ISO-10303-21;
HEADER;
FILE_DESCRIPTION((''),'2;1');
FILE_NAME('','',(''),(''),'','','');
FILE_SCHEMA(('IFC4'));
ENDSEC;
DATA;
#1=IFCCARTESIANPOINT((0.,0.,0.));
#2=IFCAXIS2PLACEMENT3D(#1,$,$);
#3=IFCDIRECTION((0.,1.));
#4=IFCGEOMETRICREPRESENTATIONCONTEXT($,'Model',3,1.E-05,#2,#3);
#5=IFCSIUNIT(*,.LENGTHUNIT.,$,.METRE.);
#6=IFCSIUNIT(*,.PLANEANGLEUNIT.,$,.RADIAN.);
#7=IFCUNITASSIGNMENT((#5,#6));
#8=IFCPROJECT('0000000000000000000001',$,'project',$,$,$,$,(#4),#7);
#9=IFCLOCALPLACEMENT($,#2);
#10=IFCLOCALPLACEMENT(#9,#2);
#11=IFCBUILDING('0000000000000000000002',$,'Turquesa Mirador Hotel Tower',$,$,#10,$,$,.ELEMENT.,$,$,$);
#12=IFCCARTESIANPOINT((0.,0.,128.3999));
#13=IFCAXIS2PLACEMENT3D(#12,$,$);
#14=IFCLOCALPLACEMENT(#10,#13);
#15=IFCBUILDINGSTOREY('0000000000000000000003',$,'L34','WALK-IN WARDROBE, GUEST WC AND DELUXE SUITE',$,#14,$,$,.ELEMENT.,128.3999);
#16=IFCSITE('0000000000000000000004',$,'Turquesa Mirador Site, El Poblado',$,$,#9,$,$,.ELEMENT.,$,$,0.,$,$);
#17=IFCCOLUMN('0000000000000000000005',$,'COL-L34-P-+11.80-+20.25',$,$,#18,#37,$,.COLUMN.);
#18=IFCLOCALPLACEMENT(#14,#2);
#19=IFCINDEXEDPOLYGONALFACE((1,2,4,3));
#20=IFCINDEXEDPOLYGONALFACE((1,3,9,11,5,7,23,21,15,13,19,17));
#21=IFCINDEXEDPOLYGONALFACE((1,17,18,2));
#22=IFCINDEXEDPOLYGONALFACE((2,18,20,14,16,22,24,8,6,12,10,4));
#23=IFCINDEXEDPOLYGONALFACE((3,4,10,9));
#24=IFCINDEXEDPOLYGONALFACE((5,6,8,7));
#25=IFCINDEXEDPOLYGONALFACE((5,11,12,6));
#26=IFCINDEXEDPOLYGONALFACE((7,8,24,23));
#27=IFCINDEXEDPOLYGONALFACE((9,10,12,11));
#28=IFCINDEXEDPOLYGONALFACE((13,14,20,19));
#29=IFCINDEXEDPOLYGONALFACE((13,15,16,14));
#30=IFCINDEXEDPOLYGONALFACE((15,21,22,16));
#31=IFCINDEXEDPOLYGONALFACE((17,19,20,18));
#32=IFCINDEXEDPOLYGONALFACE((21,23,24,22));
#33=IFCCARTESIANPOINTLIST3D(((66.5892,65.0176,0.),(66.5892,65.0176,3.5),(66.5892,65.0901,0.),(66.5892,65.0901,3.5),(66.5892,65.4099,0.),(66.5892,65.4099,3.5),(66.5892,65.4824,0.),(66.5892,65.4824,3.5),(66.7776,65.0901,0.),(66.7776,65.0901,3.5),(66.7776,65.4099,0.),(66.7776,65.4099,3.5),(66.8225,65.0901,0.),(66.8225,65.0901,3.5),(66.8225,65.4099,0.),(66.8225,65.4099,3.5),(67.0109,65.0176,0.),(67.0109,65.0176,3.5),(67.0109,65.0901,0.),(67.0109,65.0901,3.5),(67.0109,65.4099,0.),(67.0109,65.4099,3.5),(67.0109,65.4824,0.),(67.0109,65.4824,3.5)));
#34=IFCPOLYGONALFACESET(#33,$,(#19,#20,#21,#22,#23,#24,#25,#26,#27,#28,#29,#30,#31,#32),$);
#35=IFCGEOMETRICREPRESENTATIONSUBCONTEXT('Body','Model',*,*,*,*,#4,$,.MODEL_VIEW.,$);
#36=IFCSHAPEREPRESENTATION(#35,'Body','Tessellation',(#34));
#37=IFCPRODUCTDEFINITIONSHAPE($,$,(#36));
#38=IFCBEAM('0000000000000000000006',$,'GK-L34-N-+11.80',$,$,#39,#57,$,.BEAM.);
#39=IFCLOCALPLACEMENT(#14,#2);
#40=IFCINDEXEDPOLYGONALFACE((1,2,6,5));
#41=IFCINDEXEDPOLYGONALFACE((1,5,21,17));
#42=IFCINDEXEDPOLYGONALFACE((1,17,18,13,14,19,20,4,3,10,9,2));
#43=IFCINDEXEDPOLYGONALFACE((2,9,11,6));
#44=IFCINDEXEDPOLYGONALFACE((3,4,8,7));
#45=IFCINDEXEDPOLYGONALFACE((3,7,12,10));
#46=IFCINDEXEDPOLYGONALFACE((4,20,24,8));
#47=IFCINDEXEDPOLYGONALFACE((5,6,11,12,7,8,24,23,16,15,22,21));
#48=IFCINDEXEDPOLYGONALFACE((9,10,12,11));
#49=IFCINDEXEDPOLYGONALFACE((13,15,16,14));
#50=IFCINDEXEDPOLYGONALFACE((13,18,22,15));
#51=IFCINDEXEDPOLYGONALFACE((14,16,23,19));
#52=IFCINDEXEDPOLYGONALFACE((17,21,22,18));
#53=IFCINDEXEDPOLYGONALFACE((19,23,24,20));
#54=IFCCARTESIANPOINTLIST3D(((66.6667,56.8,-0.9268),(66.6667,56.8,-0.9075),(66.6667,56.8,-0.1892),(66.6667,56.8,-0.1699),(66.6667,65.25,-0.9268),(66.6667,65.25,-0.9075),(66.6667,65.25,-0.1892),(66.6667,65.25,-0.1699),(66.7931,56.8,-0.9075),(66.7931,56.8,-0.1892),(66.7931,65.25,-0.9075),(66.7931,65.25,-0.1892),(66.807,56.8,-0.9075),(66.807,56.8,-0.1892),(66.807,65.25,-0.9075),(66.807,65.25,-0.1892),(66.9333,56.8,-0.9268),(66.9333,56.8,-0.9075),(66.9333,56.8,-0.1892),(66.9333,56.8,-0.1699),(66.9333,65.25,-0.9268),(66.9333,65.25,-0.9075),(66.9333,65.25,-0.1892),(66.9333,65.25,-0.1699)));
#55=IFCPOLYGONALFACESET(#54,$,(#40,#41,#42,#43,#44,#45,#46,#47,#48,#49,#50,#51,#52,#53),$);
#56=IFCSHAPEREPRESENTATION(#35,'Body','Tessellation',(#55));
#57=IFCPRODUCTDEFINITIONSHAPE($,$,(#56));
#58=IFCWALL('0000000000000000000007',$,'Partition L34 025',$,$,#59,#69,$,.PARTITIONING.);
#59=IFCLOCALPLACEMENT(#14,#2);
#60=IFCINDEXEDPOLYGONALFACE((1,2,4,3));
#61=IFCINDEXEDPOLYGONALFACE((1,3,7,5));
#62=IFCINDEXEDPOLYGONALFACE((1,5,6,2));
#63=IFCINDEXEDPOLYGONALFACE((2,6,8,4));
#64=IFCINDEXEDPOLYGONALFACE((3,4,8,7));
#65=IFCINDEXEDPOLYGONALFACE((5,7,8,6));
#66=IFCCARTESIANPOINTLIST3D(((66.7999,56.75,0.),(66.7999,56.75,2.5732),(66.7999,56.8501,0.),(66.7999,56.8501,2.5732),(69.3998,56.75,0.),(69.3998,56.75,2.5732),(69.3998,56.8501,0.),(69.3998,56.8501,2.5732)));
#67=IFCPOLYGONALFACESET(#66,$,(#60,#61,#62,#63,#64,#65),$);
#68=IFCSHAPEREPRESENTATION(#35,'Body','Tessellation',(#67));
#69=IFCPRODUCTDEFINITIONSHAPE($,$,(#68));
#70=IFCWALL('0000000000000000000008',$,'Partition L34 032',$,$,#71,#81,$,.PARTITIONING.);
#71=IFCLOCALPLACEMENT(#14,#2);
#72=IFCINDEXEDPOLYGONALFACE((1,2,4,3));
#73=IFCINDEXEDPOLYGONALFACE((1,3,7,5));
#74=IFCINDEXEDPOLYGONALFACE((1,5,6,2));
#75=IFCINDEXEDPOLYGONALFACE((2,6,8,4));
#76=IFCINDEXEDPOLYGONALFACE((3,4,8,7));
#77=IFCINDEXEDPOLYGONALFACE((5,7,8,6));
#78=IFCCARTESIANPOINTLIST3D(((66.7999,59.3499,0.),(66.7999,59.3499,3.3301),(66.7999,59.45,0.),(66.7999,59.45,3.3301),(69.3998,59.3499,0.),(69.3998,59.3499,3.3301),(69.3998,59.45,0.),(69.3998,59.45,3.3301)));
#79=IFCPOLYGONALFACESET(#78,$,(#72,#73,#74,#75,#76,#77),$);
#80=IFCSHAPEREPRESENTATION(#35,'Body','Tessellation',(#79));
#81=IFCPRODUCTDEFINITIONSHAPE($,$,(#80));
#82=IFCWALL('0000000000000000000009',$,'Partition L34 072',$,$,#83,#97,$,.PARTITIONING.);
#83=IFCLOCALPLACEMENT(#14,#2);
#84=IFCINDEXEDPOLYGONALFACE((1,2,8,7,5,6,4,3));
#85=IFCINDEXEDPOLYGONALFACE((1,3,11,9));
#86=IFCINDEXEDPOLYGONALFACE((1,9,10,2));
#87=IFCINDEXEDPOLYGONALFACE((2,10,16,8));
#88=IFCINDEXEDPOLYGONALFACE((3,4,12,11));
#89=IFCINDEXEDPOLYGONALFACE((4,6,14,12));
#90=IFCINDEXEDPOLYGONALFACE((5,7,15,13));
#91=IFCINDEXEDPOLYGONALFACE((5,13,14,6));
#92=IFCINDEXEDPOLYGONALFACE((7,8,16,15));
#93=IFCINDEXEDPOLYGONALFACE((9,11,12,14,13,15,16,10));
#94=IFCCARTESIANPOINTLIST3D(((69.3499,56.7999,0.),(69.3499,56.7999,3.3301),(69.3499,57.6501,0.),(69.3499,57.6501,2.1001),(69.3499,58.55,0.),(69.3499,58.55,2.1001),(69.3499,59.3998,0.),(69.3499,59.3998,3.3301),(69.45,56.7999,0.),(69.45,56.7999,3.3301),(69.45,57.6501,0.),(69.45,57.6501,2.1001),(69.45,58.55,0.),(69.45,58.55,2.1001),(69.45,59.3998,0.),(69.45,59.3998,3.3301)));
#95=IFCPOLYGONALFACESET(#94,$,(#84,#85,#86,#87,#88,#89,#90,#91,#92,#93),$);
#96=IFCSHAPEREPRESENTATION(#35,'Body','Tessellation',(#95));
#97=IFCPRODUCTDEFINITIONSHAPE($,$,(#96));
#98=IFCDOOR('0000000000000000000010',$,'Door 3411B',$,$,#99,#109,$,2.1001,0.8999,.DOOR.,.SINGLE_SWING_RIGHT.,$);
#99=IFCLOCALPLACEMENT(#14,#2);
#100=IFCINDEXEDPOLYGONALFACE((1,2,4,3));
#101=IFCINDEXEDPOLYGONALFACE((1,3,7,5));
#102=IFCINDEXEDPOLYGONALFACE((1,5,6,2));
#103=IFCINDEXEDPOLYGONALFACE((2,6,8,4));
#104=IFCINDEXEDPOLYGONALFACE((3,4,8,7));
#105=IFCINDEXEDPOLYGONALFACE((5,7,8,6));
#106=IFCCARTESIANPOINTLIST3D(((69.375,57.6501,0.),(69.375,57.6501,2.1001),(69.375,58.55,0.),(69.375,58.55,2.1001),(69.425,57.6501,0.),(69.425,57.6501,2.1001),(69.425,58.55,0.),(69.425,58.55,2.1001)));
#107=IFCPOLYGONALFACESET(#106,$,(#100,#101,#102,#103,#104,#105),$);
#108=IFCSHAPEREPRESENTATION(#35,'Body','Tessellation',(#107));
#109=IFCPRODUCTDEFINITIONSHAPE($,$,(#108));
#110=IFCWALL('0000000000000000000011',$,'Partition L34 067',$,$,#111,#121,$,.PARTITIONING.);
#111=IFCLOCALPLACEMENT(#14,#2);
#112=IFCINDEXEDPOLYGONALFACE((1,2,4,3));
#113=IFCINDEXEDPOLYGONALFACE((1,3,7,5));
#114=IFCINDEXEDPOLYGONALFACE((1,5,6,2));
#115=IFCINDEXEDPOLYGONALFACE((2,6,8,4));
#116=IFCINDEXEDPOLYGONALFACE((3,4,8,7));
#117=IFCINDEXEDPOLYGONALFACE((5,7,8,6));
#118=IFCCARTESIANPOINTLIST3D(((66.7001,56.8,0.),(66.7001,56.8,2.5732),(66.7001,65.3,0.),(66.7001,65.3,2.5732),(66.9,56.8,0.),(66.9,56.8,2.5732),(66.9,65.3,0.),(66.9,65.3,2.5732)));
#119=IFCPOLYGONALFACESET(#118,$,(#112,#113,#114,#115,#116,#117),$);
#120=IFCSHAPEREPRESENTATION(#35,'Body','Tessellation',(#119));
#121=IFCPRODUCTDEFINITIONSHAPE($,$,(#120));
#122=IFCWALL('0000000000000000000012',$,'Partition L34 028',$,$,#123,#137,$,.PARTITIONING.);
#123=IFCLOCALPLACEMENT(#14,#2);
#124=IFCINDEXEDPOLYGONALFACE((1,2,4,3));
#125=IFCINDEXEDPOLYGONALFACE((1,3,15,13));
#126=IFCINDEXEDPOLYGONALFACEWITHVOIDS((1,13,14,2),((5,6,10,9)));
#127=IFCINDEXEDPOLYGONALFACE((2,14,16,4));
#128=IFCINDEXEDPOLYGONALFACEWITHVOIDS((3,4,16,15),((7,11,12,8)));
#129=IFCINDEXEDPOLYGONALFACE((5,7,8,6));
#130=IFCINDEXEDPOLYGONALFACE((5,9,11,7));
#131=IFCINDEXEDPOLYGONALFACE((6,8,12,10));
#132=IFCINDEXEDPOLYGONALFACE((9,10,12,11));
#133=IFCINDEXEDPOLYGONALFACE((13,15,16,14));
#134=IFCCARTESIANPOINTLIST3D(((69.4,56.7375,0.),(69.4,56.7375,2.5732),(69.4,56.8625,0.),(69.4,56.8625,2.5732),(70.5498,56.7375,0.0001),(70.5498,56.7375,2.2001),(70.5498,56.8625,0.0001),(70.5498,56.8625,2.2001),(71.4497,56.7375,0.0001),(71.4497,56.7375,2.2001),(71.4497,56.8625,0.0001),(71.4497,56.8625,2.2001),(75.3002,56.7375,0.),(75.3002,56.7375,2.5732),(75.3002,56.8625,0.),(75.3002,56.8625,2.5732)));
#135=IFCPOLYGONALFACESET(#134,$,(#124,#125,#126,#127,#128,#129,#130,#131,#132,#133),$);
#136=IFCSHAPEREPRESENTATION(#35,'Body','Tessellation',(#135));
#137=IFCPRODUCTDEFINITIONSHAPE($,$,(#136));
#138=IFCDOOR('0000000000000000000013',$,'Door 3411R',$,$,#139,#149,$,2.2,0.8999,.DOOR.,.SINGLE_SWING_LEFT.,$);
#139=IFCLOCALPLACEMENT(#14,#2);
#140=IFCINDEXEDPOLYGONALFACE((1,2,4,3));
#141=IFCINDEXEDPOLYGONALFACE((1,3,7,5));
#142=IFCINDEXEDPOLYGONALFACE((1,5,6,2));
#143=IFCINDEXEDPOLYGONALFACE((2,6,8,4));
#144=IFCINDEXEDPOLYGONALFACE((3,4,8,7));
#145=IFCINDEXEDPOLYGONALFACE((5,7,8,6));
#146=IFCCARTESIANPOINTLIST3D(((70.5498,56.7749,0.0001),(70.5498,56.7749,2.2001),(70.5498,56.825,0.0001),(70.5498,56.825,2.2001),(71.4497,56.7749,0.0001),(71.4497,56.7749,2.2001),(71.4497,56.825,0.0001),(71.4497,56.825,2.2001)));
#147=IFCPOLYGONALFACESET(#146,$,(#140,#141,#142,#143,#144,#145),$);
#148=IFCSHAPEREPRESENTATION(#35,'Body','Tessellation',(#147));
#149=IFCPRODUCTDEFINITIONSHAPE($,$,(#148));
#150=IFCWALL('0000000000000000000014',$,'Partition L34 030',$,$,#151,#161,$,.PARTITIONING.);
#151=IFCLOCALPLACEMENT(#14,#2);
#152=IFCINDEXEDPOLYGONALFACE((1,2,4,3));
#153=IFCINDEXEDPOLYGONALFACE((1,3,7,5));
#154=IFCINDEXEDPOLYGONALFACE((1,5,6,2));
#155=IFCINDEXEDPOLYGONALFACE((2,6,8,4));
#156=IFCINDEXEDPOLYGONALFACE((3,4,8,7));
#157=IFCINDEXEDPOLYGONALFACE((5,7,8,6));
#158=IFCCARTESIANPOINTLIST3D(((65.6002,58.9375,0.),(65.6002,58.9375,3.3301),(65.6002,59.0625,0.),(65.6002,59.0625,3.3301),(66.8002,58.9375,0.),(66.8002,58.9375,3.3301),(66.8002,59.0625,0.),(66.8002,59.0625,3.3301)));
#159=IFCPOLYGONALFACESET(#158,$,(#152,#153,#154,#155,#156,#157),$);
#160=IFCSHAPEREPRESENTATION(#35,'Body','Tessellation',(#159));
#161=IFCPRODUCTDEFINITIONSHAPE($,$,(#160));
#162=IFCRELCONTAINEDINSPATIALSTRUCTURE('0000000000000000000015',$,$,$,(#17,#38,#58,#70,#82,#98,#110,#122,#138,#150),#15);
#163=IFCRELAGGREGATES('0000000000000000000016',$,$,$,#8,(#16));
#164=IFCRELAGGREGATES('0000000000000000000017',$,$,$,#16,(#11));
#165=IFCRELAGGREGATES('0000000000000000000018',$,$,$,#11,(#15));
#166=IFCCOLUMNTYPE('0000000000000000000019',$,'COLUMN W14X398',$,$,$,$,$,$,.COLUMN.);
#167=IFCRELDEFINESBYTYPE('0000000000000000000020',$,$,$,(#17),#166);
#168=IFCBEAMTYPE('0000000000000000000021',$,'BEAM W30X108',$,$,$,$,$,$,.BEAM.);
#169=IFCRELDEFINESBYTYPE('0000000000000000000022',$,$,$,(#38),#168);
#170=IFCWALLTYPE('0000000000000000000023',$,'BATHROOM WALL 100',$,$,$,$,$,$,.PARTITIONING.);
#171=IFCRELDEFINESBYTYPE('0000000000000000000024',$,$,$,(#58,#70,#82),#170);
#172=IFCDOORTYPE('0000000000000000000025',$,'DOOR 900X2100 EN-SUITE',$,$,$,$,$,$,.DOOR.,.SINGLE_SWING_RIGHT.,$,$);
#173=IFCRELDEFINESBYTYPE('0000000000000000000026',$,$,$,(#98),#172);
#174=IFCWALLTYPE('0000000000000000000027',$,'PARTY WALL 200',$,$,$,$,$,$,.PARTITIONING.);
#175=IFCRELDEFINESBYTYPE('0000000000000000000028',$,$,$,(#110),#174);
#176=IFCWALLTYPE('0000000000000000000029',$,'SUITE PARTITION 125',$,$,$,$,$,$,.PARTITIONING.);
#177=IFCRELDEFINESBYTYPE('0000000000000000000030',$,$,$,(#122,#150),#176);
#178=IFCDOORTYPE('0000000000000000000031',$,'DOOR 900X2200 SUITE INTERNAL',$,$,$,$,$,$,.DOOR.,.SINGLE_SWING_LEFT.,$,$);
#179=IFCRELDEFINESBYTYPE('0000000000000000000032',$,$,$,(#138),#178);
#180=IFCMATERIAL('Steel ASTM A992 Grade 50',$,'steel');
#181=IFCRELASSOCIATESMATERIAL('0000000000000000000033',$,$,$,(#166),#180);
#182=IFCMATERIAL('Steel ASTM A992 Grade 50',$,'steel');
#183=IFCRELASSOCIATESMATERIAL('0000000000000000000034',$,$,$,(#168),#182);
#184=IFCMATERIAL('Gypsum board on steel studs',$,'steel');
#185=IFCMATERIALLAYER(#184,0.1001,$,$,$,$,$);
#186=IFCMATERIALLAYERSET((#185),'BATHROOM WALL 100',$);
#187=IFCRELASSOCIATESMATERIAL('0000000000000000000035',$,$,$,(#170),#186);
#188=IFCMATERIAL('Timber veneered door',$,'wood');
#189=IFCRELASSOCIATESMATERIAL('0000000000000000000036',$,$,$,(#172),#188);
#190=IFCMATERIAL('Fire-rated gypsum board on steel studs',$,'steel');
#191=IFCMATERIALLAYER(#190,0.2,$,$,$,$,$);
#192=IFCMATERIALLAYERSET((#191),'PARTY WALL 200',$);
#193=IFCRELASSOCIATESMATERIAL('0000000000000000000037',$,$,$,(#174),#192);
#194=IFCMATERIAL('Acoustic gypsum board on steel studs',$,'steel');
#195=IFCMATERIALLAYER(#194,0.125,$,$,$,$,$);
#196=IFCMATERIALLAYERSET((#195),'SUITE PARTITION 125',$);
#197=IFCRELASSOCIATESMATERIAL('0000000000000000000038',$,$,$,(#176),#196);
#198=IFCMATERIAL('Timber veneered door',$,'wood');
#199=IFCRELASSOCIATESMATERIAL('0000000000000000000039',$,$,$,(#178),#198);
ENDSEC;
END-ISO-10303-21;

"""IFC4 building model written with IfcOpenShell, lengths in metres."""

from ifc_helpers import new_model, si_unit, direction, frame, frame_2d, origin, origin_2d, place, context, subcontext, project, spatial, rectangle, i_section, extrude, material, layer, layer_set, material_profile, profile_set, type_object, element, fill, save


model = new_model("IFC4")

# Units and contexts
model_context = context("Model", 3, precision=1e-05, world=origin(), true_north=direction((0.0, 1.0)))
body_context = subcontext(model_context, "Body", "Model", "MODEL_VIEW")
ifc_project = project(units=[si_unit("LENGTHUNIT", "METRE"), si_unit("PLANEANGLEUNIT", "RADIAN")], contexts=[model_context])

# Site, building, storey
site_placement = place(None, origin())
site = spatial("IfcSite", under=ifc_project, at=site_placement, Name="Turquesa Mirador Site, El Poblado", CompositionType="ELEMENT", RefElevation=0.0)
building_placement = place(site_placement, origin())
building = spatial("IfcBuilding", under=site, at=building_placement, Name="Turquesa Mirador Hotel Tower", CompositionType="ELEMENT")
storey_placement = place(building_placement, frame((0.0, 0.0, 128.3999)))
storey = spatial("IfcBuildingStorey", under=building, at=storey_placement, Name="L34", Description="WALK-IN WARDROBE, GUEST WC AND DELUXE SUITE", CompositionType="ELEMENT", Elevation=128.3999)

# Column
ifc_material_1 = material(Name="Steel ASTM A992 Grade 50", Category="steel")
ifc_material_profile_1 = material_profile(ifc_material_1, i_section(OverallWidth=0.4216, OverallDepth=0.4648, WebThickness=0.0449, FlangeThickness=0.0725, at=origin_2d()), Name="W14X398")
ifc_profile_set_1 = profile_set([ifc_material_profile_1], Name="Steel ASTM A992 Grade 50")
column_type = type_object("IfcColumnType", Name="COLUMN W14X398", PredefinedType="COLUMN", material=ifc_profile_set_1)
column_placement = place(storey_placement, frame((66.8, 65.25, 0.0), z_axis=(0.0, 0.0, 1.0), x_axis=(1.0, 0.0, 0.0)))
element("IfcColumn", 1, at=column_placement, inside=storey, type_object=column_type, Name="COL-L34-P-+11.80-+20.25", PredefinedType="COLUMN", context=body_context, shape_type="SweptSolid", body=[
    extrude(i_section(OverallWidth=0.4216, OverallDepth=0.4648, WebThickness=0.0449, FlangeThickness=0.0725, at=origin_2d()), origin(), (0.0, 0.0, 1.0), 3.5),
])

# Beam
ifc_material_2 = material(Name="Steel ASTM A992 Grade 50", Category="steel")
ifc_material_profile_2 = material_profile(ifc_material_2, i_section(OverallWidth=0.2666, OverallDepth=0.7568, WebThickness=0.0139, FlangeThickness=0.0193, at=origin_2d()), Name="W30X108")
ifc_profile_set_2 = profile_set([ifc_material_profile_2], Name="Steel ASTM A992 Grade 50")
beam_type = type_object("IfcBeamType", Name="BEAM W30X108", PredefinedType="BEAM", material=ifc_profile_set_2)
beam_placement = place(storey_placement, frame((66.8, 65.25, -0.5483), z_axis=(0.0, -1.0, 0.0), x_axis=(1.0, 0.0, 0.0)))
element("IfcBeam", 2, at=beam_placement, inside=storey, type_object=beam_type, Name="GK-L34-N-+11.80", PredefinedType="BEAM", context=body_context, shape_type="SweptSolid", body=[
    extrude(i_section(OverallWidth=0.2666, OverallDepth=0.7568, WebThickness=0.0139, FlangeThickness=0.0193, at=origin_2d()), origin(), (0.0, 0.0, 1.0), 8.45),
])

# Walls
ifc_material_3 = material(Name="Gypsum board on steel studs", Category="steel")
ifc_layer_1 = layer(ifc_material_3, 0.1001)
ifc_layer_set_1 = layer_set([ifc_layer_1], Name="BATHROOM WALL 100")
wall_type_1 = type_object("IfcWallType", Name="BATHROOM WALL 100", PredefinedType="PARTITIONING", material=ifc_layer_set_1)
wall_1_placement = place(storey_placement, frame((66.8, 56.8, 0.0), z_axis=(0.0, 0.0, 1.0), x_axis=(1.0, 0.0, 0.0)))
element("IfcWall", 3, at=wall_1_placement, inside=storey, type_object=wall_type_1, Name="Partition L34 025", PredefinedType="PARTITIONING", context=body_context, shape_type="SweptSolid", body=[
    extrude(rectangle(XDim=2.5999, YDim=0.1001, at=frame_2d((1.2998, 0.0))), origin(), (0.0, 0.0, 1.0), 2.5732),
])
wall_2_placement = place(storey_placement, frame((66.8, 59.3999, 0.0), z_axis=(0.0, 0.0, 1.0), x_axis=(1.0, 0.0, 0.0)))
element("IfcWall", 4, at=wall_2_placement, inside=storey, type_object=wall_type_1, Name="Partition L34 032", PredefinedType="PARTITIONING", context=body_context, shape_type="SweptSolid", body=[
    extrude(rectangle(XDim=2.5999, YDim=0.1001, at=frame_2d((1.2998, 0.0))), origin(), (0.0, 0.0, 1.0), 3.3301),
])

# Wall, opening, door
wall_3_placement = place(storey_placement, frame((69.3999, 56.8, 0.0), z_axis=(0.0, 0.0, 1.0), x_axis=(0.0, 1.0, 0.0)))
wall_3 = element("IfcWall", 5, at=wall_3_placement, inside=storey, type_object=wall_type_1, Name="Partition L34 072", PredefinedType="PARTITIONING", context=body_context, shape_type="SweptSolid", body=[
    extrude(rectangle(XDim=2.5999, YDim=0.1001, at=frame_2d((1.2998, 0.0))), origin(), (0.0, 0.0, 1.0), 3.3301),
])
opening_1_placement = place(wall_3_placement, frame((0.8501, 0.0, 0.0)))
opening_1 = element("IfcOpeningElement", 6, at=opening_1_placement, cuts=wall_3, PredefinedType="OPENING", context=body_context, shape_type="SweptSolid", body=[
    extrude(rectangle(XDim=0.8999, YDim=2.1001, at=frame_2d((0.45, 1.05))), frame((0.0, 0.0601, 0.0), z_axis=(0.0, -1.0, 0.0), x_axis=(1.0, 0.0, 0.0)), (0.0, 0.0, 1.0), 0.1201),
])
ifc_material_4 = material(Name="Timber veneered door", Category="wood")
door_type_1 = type_object("IfcDoorType", Name="DOOR 900X2100 EN-SUITE", OperationType="SINGLE_SWING_RIGHT", PredefinedType="DOOR", material=ifc_material_4)
door_1_placement = place(opening_1_placement, origin())
door_1 = element("IfcDoor", 7, at=door_1_placement, inside=storey, type_object=door_type_1, Name="Door 3411B", OperationType="SINGLE_SWING_RIGHT", OverallHeight=2.1001, OverallWidth=0.8999, PredefinedType="DOOR", context=body_context, shape_type="SweptSolid", body=[
    extrude(rectangle(XDim=0.8999, YDim=2.1001, at=frame_2d((0.45, 1.05))), frame((0.0, 0.0249, 0.0), z_axis=(0.0, -1.0, 0.0), x_axis=(1.0, 0.0, 0.0)), (0.0, 0.0, 1.0), 0.05),
])
fill(opening_1, door_1)

# Wall
ifc_material_5 = material(Name="Fire-rated gypsum board on steel studs", Category="steel")
ifc_layer_2 = layer(ifc_material_5, 0.2)
ifc_layer_set_2 = layer_set([ifc_layer_2], Name="PARTY WALL 200")
wall_type_2 = type_object("IfcWallType", Name="PARTY WALL 200", PredefinedType="PARTITIONING", material=ifc_layer_set_2)
wall_4_placement = place(storey_placement, frame((66.8, 56.8, 0.0), z_axis=(0.0, 0.0, 1.0), x_axis=(0.0, 1.0, 0.0)))
element("IfcWall", 8, at=wall_4_placement, inside=storey, type_object=wall_type_2, Name="Partition L34 067", PredefinedType="PARTITIONING", context=body_context, shape_type="SweptSolid", body=[
    extrude(rectangle(XDim=8.5, YDim=0.2, at=frame_2d((4.25, 0.0))), origin(), (0.0, 0.0, 1.0), 2.5732),
])

# Wall, opening, door
ifc_material_6 = material(Name="Acoustic gypsum board on steel studs", Category="steel")
ifc_layer_3 = layer(ifc_material_6, 0.125)
ifc_layer_set_3 = layer_set([ifc_layer_3], Name="SUITE PARTITION 125")
wall_type_3 = type_object("IfcWallType", Name="SUITE PARTITION 125", PredefinedType="PARTITIONING", material=ifc_layer_set_3)
wall_5_placement = place(storey_placement, frame((69.3999, 56.8, 0.0), z_axis=(0.0, 0.0, 1.0), x_axis=(1.0, 0.0, 0.0)))
wall_5 = element("IfcWall", 9, at=wall_5_placement, inside=storey, type_object=wall_type_3, Name="Partition L34 028", PredefinedType="PARTITIONING", context=body_context, shape_type="SweptSolid", body=[
    extrude(rectangle(XDim=5.9001, YDim=0.125, at=frame_2d((2.9502, 0.0))), origin(), (0.0, 0.0, 1.0), 2.5732),
])
opening_2_placement = place(wall_5_placement, frame((1.1499, 0.0, 0.0)))
opening_2 = element("IfcOpeningElement", 10, at=opening_2_placement, cuts=wall_5, PredefinedType="OPENING", context=body_context, shape_type="SweptSolid", body=[
    extrude(rectangle(XDim=0.8999, YDim=2.2, at=frame_2d((0.45, 1.1001))), frame((0.0, 0.0725, 0.0), z_axis=(0.0, -1.0, 0.0), x_axis=(1.0, 0.0, 0.0)), (0.0, 0.0, 1.0), 0.145),
])
ifc_material_7 = material(Name="Timber veneered door", Category="wood")
door_type_2 = type_object("IfcDoorType", Name="DOOR 900X2200 SUITE INTERNAL", OperationType="SINGLE_SWING_LEFT", PredefinedType="DOOR", material=ifc_material_7)
door_2_placement = place(opening_2_placement, origin())
door_2 = element("IfcDoor", 11, at=door_2_placement, inside=storey, type_object=door_type_2, Name="Door 3411R", OperationType="SINGLE_SWING_LEFT", OverallHeight=2.2, OverallWidth=0.8999, PredefinedType="DOOR", context=body_context, shape_type="SweptSolid", body=[
    extrude(rectangle(XDim=0.8999, YDim=2.2, at=frame_2d((0.45, 1.1001))), frame((0.0, 0.0249, 0.0), z_axis=(0.0, -1.0, 0.0), x_axis=(1.0, 0.0, 0.0)), (0.0, 0.0, 1.0), 0.05),
])
fill(opening_2, door_2)

# Wall
wall_6_placement = place(storey_placement, frame((65.6001, 59.0, 0.0), z_axis=(0.0, 0.0, 1.0), x_axis=(1.0, 0.0, 0.0)))
element("IfcWall", 12, at=wall_6_placement, inside=storey, type_object=wall_type_3, Name="Partition L34 030", PredefinedType="PARTITIONING", context=body_context, shape_type="SweptSolid", body=[
    extrude(rectangle(XDim=1.2, YDim=0.125, at=frame_2d((0.6001, 0.0))), origin(), (0.0, 0.0, 1.0), 3.3301),
])

save(model, "model.ifc")
